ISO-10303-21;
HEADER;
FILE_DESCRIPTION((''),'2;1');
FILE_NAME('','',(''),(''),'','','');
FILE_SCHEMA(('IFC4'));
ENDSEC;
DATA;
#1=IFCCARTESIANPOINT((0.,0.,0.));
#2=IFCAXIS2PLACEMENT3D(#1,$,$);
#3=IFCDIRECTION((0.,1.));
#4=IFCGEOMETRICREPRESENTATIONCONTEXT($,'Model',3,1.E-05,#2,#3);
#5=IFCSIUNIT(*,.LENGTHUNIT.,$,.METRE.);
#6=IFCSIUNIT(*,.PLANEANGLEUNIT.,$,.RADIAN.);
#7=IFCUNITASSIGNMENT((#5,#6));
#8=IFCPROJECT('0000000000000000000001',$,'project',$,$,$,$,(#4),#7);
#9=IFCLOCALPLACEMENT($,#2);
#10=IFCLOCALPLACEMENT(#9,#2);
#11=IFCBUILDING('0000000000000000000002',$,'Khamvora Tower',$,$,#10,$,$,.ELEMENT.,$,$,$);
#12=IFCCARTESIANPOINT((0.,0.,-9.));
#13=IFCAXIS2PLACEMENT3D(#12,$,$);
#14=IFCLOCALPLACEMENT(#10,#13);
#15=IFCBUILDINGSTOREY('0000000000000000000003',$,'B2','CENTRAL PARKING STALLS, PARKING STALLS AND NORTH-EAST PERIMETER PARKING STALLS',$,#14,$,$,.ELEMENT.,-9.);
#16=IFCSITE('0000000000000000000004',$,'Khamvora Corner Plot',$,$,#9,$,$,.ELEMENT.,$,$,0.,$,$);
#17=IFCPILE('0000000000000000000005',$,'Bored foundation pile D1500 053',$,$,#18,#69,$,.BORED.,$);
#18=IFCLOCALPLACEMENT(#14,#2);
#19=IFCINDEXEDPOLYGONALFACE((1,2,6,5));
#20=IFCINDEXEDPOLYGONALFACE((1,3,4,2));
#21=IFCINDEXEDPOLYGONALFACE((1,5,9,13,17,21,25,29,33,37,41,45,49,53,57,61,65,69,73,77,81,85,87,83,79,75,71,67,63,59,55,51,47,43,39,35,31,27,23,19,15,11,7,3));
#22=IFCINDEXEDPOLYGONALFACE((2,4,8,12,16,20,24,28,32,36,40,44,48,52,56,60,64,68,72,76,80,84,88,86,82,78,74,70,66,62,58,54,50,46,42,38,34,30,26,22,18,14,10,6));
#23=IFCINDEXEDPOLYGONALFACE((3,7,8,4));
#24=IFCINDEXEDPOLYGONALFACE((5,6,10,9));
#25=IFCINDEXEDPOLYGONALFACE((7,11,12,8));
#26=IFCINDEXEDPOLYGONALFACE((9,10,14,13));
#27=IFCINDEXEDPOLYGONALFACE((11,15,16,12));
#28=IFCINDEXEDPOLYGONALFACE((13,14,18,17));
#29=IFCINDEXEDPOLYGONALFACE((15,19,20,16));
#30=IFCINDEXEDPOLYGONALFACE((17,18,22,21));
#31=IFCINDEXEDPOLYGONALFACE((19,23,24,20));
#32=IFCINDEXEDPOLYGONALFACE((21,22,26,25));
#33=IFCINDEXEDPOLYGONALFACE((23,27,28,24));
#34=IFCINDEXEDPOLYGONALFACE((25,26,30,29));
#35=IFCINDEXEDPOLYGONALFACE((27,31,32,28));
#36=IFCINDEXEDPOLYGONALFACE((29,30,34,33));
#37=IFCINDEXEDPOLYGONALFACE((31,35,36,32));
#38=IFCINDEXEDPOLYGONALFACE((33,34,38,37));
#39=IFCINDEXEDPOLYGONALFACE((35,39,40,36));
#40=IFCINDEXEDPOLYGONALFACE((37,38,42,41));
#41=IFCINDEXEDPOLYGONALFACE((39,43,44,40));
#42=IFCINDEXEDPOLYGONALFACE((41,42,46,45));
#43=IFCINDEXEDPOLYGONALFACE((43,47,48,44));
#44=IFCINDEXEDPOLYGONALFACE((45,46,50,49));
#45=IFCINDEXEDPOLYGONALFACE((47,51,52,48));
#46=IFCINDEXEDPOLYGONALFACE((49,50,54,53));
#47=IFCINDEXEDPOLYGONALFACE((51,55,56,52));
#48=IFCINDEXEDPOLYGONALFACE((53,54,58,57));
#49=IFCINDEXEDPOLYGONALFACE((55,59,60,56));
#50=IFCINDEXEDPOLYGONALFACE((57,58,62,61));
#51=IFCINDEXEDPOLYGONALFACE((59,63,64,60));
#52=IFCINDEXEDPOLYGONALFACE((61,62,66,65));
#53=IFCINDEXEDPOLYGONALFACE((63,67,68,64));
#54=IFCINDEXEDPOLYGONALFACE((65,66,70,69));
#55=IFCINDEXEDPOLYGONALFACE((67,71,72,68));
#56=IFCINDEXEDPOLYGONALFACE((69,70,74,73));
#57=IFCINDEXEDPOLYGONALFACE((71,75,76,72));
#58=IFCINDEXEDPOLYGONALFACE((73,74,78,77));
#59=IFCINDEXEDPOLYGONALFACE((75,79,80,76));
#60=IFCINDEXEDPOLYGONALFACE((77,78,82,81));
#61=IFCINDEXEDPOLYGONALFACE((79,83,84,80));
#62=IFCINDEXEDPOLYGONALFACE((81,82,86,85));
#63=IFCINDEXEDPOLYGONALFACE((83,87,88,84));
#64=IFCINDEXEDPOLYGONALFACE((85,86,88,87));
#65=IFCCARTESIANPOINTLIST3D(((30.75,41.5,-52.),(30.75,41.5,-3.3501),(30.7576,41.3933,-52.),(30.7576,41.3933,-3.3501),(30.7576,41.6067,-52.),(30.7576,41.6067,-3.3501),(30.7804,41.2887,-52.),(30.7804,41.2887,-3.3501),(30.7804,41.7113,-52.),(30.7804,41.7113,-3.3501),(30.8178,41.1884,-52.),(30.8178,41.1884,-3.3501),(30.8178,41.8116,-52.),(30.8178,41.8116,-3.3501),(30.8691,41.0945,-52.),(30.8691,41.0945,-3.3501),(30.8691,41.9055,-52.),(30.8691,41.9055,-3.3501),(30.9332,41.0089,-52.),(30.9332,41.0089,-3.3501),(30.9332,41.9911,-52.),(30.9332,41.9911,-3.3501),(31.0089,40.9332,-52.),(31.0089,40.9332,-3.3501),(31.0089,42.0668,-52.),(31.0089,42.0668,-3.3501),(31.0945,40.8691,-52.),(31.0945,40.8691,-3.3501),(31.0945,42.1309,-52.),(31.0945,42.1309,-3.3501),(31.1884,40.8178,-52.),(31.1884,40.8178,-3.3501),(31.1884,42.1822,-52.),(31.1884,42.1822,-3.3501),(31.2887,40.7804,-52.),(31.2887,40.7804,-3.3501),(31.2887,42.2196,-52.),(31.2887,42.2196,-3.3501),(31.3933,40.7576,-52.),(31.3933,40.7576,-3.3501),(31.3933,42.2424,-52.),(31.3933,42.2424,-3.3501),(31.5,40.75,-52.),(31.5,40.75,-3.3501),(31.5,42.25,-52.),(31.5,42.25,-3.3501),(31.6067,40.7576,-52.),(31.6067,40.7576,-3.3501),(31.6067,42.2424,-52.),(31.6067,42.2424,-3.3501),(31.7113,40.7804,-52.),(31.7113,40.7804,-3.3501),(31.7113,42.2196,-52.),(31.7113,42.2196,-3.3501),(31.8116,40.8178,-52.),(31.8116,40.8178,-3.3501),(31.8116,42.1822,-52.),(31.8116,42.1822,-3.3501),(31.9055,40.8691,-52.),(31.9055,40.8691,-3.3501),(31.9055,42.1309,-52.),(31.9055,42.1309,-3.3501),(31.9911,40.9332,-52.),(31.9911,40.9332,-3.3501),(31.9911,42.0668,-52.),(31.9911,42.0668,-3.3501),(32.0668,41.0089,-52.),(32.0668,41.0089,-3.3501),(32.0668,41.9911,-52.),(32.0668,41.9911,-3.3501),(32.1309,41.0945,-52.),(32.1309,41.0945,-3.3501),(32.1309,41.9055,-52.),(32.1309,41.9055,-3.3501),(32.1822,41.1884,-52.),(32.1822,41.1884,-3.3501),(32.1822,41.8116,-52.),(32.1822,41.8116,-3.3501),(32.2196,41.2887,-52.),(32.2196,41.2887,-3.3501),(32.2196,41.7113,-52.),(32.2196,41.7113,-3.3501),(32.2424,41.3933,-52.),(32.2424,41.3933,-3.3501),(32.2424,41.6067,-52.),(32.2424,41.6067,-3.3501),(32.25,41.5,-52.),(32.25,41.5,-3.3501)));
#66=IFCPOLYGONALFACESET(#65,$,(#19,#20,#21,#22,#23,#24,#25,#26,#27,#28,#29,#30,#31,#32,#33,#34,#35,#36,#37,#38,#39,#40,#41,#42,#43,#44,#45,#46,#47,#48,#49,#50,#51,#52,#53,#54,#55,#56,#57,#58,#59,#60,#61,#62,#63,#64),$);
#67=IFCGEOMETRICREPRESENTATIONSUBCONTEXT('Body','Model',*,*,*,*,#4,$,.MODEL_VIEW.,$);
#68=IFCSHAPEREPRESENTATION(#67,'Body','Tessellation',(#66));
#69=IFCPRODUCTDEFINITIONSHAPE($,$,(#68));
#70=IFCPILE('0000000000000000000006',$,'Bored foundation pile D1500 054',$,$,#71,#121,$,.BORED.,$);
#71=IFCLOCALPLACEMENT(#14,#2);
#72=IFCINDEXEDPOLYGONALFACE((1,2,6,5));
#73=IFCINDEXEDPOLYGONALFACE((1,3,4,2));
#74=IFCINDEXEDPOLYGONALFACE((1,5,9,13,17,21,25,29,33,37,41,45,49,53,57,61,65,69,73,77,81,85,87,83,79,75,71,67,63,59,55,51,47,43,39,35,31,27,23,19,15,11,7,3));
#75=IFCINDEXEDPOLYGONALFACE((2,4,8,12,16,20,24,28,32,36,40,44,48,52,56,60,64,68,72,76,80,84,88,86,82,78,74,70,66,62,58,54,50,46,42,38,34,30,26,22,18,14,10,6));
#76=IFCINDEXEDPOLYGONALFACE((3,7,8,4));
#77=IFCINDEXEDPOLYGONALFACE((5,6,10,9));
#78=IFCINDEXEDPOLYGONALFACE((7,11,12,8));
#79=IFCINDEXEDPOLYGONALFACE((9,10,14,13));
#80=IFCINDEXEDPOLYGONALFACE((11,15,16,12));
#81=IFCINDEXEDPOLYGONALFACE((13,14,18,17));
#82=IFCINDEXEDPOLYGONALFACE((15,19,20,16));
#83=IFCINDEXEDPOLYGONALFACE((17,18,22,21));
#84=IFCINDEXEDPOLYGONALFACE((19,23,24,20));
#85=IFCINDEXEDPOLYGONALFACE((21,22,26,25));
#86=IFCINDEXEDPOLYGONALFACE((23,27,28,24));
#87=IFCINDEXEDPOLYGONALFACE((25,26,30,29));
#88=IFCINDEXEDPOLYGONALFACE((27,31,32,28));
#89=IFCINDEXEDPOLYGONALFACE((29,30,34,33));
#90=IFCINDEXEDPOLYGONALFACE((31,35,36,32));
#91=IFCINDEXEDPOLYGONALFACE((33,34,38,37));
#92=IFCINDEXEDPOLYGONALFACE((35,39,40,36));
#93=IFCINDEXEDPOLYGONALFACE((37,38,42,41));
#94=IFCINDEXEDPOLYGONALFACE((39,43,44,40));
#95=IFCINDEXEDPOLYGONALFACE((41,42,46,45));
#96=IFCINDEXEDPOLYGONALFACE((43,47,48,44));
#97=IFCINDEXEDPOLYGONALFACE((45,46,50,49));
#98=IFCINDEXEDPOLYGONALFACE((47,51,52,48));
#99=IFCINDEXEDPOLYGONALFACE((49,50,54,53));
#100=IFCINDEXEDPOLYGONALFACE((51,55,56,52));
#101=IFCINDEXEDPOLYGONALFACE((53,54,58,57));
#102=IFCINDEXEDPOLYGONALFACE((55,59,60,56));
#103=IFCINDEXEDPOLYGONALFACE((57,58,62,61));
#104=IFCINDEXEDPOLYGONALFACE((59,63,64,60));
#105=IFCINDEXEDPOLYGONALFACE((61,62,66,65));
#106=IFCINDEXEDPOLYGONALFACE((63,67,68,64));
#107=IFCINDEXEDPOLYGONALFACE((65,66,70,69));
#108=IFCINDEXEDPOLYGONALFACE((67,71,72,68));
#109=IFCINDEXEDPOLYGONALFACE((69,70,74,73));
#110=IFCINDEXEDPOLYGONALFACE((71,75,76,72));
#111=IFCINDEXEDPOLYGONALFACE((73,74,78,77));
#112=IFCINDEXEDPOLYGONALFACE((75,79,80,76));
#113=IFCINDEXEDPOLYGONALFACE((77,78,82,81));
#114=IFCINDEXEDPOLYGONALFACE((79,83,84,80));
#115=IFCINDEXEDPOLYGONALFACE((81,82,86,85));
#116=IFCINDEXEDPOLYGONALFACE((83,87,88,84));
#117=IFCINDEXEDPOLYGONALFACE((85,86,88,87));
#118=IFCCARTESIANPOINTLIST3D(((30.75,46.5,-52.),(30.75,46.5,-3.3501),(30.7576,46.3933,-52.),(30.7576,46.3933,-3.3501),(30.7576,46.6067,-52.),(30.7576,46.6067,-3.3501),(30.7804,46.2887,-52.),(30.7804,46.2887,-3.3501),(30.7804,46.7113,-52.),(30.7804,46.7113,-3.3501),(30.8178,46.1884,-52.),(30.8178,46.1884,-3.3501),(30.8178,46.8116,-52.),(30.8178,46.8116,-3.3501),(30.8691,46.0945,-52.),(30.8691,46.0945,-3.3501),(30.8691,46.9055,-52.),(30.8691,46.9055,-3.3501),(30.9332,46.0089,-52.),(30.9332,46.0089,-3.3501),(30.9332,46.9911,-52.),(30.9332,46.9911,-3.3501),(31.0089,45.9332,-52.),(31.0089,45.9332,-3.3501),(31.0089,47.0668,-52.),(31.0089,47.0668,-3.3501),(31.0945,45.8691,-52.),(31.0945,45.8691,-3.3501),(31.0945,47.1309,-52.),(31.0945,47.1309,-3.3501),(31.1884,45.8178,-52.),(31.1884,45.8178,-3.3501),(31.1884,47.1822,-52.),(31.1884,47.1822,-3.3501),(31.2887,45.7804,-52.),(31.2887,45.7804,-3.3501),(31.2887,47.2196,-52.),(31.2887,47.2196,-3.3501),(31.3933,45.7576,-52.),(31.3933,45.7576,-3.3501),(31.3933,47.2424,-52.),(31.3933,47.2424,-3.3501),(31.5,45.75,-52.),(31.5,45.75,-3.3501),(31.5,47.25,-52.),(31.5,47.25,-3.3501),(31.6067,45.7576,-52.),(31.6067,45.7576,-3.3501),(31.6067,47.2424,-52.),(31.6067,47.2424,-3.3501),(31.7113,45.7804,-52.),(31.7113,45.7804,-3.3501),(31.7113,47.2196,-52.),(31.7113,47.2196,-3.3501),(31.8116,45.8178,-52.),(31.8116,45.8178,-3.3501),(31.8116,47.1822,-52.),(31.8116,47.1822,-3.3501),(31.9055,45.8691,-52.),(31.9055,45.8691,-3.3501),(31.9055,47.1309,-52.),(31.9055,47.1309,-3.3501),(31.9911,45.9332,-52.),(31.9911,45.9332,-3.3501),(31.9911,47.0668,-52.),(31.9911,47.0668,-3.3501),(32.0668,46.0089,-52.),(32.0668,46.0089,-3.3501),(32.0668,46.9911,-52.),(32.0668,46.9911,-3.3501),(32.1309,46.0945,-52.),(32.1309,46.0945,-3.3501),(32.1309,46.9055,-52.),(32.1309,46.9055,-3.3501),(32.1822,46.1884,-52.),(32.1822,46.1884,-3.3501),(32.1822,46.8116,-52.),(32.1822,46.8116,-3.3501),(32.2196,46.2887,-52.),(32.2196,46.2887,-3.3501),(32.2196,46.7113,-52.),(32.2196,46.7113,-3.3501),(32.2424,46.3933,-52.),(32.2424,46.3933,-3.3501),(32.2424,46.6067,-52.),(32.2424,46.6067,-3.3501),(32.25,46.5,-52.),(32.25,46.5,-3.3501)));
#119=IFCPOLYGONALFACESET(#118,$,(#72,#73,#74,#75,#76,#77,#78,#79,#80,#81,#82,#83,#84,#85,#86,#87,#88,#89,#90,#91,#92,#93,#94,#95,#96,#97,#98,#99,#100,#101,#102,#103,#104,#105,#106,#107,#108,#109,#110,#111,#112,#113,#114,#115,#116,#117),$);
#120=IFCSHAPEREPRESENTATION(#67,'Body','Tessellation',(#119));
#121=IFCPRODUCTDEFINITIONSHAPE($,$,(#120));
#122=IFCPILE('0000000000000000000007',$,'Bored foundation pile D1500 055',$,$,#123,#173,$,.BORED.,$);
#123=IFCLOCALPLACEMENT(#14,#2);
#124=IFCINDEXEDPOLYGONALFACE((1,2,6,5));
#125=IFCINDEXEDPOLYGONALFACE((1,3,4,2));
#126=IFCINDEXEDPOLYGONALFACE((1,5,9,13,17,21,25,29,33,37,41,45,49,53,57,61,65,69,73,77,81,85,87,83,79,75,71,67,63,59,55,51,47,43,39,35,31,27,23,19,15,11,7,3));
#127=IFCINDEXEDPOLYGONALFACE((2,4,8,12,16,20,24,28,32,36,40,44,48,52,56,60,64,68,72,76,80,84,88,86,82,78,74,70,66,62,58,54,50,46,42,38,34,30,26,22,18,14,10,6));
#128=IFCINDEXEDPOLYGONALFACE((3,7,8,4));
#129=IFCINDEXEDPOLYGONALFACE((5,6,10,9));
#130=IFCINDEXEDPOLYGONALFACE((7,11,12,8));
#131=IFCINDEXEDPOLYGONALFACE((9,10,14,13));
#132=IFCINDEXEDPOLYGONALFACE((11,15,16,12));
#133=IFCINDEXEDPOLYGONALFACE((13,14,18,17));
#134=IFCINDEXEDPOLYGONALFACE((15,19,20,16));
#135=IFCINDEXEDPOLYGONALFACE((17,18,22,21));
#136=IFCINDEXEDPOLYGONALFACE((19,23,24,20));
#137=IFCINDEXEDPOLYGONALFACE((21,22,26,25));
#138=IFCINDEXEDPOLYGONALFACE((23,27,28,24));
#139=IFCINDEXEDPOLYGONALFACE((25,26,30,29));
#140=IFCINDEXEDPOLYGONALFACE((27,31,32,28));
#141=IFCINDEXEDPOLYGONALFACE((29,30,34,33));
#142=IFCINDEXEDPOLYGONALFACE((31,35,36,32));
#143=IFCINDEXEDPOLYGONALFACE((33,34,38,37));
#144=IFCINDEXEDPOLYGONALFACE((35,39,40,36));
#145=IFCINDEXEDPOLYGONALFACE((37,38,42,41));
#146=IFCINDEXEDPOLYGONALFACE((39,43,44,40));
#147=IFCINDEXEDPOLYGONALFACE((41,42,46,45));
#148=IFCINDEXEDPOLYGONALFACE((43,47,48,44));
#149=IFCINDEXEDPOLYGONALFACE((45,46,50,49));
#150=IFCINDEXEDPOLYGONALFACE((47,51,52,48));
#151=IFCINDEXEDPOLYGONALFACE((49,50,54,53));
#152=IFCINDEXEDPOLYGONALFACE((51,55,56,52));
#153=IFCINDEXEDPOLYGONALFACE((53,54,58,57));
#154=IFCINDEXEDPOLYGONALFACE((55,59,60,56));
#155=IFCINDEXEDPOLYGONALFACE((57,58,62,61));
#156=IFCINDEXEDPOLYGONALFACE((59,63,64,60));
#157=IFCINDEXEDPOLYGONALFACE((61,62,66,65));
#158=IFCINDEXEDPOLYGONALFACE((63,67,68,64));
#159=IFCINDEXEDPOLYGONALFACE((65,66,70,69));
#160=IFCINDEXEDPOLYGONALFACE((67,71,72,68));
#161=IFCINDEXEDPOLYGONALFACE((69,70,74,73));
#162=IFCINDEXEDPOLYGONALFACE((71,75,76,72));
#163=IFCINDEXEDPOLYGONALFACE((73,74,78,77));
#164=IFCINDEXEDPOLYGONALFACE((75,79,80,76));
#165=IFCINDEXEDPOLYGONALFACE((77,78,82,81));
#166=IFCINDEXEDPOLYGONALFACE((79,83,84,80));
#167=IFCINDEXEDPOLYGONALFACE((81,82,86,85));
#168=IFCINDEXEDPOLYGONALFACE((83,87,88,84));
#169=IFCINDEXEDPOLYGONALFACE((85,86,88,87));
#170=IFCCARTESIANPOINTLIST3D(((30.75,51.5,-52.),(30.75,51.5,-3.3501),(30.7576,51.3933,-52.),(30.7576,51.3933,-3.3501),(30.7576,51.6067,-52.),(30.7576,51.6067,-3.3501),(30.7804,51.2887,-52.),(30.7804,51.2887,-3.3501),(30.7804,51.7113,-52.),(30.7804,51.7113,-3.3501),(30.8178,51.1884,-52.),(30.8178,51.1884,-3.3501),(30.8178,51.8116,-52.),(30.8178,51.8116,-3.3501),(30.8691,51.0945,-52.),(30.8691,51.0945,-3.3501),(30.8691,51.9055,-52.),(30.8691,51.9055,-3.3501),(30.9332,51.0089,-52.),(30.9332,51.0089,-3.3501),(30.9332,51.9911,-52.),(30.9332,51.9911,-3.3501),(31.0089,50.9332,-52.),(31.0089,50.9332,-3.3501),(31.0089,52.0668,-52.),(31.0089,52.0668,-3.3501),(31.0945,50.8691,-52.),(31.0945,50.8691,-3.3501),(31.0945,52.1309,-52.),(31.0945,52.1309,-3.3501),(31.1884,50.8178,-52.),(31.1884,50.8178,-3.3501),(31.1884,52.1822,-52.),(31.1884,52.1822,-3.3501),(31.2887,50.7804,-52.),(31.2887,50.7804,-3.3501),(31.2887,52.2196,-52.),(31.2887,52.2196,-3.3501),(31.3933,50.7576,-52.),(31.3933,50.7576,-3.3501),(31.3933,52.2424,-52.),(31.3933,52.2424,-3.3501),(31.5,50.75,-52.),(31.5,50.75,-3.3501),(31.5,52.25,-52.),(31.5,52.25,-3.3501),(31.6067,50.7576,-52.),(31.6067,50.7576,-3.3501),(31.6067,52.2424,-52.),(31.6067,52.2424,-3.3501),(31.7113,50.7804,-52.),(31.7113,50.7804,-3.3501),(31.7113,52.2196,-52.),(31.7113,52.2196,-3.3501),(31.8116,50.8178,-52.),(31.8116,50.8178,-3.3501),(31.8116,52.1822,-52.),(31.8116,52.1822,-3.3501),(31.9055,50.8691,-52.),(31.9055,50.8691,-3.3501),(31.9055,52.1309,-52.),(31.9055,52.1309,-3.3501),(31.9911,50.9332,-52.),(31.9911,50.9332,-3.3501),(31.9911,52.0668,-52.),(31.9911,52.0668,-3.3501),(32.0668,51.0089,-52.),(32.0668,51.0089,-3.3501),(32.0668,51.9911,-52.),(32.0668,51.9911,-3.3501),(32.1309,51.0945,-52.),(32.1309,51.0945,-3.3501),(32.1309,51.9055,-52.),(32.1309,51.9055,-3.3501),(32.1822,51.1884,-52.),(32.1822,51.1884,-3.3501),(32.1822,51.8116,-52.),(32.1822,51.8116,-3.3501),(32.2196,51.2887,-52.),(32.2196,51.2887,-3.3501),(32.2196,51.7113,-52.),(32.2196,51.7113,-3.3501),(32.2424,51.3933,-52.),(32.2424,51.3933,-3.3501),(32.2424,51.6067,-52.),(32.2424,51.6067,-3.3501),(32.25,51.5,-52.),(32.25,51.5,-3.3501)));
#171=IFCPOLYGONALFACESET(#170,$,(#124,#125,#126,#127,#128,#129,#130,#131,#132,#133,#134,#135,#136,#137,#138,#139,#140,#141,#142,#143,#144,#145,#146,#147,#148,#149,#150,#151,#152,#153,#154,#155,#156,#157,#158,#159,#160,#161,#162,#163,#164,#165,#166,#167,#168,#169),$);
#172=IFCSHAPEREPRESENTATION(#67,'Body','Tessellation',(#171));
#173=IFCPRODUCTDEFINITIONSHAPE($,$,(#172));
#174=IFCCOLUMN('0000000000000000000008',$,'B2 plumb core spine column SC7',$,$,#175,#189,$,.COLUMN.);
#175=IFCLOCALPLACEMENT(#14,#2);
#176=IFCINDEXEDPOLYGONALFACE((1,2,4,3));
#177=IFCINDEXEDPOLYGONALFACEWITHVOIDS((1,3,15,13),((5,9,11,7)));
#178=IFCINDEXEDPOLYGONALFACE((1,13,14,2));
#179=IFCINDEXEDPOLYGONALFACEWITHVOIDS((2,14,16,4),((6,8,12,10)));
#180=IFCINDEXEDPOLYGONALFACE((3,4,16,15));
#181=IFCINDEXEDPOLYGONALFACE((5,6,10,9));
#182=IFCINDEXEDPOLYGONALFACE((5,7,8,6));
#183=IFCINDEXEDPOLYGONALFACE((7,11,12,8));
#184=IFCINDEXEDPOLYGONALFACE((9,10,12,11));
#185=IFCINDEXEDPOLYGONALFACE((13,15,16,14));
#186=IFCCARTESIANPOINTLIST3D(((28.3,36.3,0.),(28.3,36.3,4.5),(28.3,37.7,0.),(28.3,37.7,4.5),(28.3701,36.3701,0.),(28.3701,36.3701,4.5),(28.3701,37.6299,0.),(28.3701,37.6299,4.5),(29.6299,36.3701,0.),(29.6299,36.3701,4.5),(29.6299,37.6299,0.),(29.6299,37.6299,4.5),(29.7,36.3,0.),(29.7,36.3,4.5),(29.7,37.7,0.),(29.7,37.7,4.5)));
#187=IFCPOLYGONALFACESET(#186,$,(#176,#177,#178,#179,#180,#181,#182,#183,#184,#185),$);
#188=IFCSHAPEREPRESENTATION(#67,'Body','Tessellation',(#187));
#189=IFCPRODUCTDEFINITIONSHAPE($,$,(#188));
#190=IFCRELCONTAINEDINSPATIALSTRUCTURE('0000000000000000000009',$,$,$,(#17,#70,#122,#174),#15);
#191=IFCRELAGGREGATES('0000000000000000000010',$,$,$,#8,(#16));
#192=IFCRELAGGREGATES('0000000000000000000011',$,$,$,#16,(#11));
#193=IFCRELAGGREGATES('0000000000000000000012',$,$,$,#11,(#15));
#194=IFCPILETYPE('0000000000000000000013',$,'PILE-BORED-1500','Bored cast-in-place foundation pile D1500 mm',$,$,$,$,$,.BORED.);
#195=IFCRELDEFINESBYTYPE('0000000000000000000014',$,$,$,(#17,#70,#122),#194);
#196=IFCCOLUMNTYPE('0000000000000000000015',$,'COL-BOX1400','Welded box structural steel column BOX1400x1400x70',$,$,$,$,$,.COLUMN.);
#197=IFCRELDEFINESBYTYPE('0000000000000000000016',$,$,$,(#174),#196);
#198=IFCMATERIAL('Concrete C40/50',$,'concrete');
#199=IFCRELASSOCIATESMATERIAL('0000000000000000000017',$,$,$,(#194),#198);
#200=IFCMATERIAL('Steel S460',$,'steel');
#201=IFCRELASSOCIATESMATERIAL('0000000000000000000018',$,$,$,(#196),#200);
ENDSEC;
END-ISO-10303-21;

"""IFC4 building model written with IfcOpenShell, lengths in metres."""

from ifc_helpers import new_model, si_unit, direction, frame, origin, origin_2d, place, context, subcontext, project, spatial, hollow_rectangle, circle, extrude, material, material_profile, profile_set, type_object, element, save


model = new_model("IFC4")

# Units and contexts
model_context = context("Model", 3, precision=1e-05, world=origin(), true_north=direction((0.0, 1.0)))
body_context = subcontext(model_context, "Body", "Model", "MODEL_VIEW")
ifc_project = project(units=[si_unit("LENGTHUNIT", "METRE"), si_unit("PLANEANGLEUNIT", "RADIAN")], contexts=[model_context])

# Site, building, storey
site_placement = place(None, origin())
site = spatial("IfcSite", under=ifc_project, at=site_placement, Name="Khamvora Corner Plot", CompositionType="ELEMENT", RefElevation=0.0)
building_placement = place(site_placement, origin())
building = spatial("IfcBuilding", under=site, at=building_placement, Name="Khamvora Tower", CompositionType="ELEMENT")
storey_placement = place(building_placement, frame((0.0, 0.0, -9.0)))
storey = spatial("IfcBuildingStorey", under=building, at=storey_placement, Name="B2", Description="CENTRAL PARKING STALLS, PARKING STALLS AND NORTH-EAST PERIMETER PARKING STALLS", CompositionType="ELEMENT", Elevation=-9.0)

# Piles
ifc_material_1 = material(Name="Concrete C40/50", Category="concrete")
ifc_material_profile_1 = material_profile(ifc_material_1, circle(Radius=0.75, at=origin_2d()), Name="PILE_D1500")
ifc_profile_set_1 = profile_set([ifc_material_profile_1], Name="Concrete C40/50")
pile_type = type_object("IfcPileType", Name="PILE-BORED-1500", Description="Bored cast-in-place foundation pile D1500 mm", PredefinedType="BORED", material=ifc_profile_set_1)
for number, where, z_axis, x_axis, name in (
    (1, (31.5, 41.5, -3.3501), (0.0, 0.0, -1.0), (1.0, 0.0, 0.0), "Bored foundation pile D1500 053"),
    (2, (31.5, 46.5, -3.3501), (0.0, 0.0, -1.0), (1.0, 0.0, 0.0), "Bored foundation pile D1500 054"),
    (3, (31.5, 51.5, -3.3501), (0.0, 0.0, -1.0), (1.0, 0.0, 0.0), "Bored foundation pile D1500 055"),
):
    element("IfcPile", number, at=place(storey_placement, frame(where, z_axis=z_axis, x_axis=x_axis)), inside=storey, type_object=pile_type, Name=name, PredefinedType="BORED", context=body_context, shape_type="SweptSolid", body=[
        extrude(circle(Radius=0.75, at=origin_2d()), origin(), (0.0, 0.0, 1.0), 48.6499),
    ])

# Column
ifc_material_2 = material(Name="Steel S460", Category="steel")
ifc_material_profile_2 = material_profile(ifc_material_2, hollow_rectangle(XDim=1.3999, YDim=1.3999, WallThickness=0.0701, at=origin_2d()), Name="BOX1400x1400x70")
ifc_profile_set_2 = profile_set([ifc_material_profile_2], Name="Steel S460")
column_type = type_object("IfcColumnType", Name="COL-BOX1400", Description="Welded box structural steel column BOX1400x1400x70", PredefinedType="COLUMN", material=ifc_profile_set_2)
column_placement = place(storey_placement, frame((29.0, 37.0, 0.0), z_axis=(0.0, 0.0, 1.0), x_axis=(1.0, 0.0, 0.0)))
element("IfcColumn", 4, at=column_placement, inside=storey, type_object=column_type, Name="B2 plumb core spine column SC7", PredefinedType="COLUMN", context=body_context, shape_type="SweptSolid", body=[
    extrude(hollow_rectangle(XDim=1.3999, YDim=1.3999, WallThickness=0.0701, at=origin_2d()), origin(), (0.0, 0.0, 1.0), 4.5),
])

save(model, "model.ifc")
